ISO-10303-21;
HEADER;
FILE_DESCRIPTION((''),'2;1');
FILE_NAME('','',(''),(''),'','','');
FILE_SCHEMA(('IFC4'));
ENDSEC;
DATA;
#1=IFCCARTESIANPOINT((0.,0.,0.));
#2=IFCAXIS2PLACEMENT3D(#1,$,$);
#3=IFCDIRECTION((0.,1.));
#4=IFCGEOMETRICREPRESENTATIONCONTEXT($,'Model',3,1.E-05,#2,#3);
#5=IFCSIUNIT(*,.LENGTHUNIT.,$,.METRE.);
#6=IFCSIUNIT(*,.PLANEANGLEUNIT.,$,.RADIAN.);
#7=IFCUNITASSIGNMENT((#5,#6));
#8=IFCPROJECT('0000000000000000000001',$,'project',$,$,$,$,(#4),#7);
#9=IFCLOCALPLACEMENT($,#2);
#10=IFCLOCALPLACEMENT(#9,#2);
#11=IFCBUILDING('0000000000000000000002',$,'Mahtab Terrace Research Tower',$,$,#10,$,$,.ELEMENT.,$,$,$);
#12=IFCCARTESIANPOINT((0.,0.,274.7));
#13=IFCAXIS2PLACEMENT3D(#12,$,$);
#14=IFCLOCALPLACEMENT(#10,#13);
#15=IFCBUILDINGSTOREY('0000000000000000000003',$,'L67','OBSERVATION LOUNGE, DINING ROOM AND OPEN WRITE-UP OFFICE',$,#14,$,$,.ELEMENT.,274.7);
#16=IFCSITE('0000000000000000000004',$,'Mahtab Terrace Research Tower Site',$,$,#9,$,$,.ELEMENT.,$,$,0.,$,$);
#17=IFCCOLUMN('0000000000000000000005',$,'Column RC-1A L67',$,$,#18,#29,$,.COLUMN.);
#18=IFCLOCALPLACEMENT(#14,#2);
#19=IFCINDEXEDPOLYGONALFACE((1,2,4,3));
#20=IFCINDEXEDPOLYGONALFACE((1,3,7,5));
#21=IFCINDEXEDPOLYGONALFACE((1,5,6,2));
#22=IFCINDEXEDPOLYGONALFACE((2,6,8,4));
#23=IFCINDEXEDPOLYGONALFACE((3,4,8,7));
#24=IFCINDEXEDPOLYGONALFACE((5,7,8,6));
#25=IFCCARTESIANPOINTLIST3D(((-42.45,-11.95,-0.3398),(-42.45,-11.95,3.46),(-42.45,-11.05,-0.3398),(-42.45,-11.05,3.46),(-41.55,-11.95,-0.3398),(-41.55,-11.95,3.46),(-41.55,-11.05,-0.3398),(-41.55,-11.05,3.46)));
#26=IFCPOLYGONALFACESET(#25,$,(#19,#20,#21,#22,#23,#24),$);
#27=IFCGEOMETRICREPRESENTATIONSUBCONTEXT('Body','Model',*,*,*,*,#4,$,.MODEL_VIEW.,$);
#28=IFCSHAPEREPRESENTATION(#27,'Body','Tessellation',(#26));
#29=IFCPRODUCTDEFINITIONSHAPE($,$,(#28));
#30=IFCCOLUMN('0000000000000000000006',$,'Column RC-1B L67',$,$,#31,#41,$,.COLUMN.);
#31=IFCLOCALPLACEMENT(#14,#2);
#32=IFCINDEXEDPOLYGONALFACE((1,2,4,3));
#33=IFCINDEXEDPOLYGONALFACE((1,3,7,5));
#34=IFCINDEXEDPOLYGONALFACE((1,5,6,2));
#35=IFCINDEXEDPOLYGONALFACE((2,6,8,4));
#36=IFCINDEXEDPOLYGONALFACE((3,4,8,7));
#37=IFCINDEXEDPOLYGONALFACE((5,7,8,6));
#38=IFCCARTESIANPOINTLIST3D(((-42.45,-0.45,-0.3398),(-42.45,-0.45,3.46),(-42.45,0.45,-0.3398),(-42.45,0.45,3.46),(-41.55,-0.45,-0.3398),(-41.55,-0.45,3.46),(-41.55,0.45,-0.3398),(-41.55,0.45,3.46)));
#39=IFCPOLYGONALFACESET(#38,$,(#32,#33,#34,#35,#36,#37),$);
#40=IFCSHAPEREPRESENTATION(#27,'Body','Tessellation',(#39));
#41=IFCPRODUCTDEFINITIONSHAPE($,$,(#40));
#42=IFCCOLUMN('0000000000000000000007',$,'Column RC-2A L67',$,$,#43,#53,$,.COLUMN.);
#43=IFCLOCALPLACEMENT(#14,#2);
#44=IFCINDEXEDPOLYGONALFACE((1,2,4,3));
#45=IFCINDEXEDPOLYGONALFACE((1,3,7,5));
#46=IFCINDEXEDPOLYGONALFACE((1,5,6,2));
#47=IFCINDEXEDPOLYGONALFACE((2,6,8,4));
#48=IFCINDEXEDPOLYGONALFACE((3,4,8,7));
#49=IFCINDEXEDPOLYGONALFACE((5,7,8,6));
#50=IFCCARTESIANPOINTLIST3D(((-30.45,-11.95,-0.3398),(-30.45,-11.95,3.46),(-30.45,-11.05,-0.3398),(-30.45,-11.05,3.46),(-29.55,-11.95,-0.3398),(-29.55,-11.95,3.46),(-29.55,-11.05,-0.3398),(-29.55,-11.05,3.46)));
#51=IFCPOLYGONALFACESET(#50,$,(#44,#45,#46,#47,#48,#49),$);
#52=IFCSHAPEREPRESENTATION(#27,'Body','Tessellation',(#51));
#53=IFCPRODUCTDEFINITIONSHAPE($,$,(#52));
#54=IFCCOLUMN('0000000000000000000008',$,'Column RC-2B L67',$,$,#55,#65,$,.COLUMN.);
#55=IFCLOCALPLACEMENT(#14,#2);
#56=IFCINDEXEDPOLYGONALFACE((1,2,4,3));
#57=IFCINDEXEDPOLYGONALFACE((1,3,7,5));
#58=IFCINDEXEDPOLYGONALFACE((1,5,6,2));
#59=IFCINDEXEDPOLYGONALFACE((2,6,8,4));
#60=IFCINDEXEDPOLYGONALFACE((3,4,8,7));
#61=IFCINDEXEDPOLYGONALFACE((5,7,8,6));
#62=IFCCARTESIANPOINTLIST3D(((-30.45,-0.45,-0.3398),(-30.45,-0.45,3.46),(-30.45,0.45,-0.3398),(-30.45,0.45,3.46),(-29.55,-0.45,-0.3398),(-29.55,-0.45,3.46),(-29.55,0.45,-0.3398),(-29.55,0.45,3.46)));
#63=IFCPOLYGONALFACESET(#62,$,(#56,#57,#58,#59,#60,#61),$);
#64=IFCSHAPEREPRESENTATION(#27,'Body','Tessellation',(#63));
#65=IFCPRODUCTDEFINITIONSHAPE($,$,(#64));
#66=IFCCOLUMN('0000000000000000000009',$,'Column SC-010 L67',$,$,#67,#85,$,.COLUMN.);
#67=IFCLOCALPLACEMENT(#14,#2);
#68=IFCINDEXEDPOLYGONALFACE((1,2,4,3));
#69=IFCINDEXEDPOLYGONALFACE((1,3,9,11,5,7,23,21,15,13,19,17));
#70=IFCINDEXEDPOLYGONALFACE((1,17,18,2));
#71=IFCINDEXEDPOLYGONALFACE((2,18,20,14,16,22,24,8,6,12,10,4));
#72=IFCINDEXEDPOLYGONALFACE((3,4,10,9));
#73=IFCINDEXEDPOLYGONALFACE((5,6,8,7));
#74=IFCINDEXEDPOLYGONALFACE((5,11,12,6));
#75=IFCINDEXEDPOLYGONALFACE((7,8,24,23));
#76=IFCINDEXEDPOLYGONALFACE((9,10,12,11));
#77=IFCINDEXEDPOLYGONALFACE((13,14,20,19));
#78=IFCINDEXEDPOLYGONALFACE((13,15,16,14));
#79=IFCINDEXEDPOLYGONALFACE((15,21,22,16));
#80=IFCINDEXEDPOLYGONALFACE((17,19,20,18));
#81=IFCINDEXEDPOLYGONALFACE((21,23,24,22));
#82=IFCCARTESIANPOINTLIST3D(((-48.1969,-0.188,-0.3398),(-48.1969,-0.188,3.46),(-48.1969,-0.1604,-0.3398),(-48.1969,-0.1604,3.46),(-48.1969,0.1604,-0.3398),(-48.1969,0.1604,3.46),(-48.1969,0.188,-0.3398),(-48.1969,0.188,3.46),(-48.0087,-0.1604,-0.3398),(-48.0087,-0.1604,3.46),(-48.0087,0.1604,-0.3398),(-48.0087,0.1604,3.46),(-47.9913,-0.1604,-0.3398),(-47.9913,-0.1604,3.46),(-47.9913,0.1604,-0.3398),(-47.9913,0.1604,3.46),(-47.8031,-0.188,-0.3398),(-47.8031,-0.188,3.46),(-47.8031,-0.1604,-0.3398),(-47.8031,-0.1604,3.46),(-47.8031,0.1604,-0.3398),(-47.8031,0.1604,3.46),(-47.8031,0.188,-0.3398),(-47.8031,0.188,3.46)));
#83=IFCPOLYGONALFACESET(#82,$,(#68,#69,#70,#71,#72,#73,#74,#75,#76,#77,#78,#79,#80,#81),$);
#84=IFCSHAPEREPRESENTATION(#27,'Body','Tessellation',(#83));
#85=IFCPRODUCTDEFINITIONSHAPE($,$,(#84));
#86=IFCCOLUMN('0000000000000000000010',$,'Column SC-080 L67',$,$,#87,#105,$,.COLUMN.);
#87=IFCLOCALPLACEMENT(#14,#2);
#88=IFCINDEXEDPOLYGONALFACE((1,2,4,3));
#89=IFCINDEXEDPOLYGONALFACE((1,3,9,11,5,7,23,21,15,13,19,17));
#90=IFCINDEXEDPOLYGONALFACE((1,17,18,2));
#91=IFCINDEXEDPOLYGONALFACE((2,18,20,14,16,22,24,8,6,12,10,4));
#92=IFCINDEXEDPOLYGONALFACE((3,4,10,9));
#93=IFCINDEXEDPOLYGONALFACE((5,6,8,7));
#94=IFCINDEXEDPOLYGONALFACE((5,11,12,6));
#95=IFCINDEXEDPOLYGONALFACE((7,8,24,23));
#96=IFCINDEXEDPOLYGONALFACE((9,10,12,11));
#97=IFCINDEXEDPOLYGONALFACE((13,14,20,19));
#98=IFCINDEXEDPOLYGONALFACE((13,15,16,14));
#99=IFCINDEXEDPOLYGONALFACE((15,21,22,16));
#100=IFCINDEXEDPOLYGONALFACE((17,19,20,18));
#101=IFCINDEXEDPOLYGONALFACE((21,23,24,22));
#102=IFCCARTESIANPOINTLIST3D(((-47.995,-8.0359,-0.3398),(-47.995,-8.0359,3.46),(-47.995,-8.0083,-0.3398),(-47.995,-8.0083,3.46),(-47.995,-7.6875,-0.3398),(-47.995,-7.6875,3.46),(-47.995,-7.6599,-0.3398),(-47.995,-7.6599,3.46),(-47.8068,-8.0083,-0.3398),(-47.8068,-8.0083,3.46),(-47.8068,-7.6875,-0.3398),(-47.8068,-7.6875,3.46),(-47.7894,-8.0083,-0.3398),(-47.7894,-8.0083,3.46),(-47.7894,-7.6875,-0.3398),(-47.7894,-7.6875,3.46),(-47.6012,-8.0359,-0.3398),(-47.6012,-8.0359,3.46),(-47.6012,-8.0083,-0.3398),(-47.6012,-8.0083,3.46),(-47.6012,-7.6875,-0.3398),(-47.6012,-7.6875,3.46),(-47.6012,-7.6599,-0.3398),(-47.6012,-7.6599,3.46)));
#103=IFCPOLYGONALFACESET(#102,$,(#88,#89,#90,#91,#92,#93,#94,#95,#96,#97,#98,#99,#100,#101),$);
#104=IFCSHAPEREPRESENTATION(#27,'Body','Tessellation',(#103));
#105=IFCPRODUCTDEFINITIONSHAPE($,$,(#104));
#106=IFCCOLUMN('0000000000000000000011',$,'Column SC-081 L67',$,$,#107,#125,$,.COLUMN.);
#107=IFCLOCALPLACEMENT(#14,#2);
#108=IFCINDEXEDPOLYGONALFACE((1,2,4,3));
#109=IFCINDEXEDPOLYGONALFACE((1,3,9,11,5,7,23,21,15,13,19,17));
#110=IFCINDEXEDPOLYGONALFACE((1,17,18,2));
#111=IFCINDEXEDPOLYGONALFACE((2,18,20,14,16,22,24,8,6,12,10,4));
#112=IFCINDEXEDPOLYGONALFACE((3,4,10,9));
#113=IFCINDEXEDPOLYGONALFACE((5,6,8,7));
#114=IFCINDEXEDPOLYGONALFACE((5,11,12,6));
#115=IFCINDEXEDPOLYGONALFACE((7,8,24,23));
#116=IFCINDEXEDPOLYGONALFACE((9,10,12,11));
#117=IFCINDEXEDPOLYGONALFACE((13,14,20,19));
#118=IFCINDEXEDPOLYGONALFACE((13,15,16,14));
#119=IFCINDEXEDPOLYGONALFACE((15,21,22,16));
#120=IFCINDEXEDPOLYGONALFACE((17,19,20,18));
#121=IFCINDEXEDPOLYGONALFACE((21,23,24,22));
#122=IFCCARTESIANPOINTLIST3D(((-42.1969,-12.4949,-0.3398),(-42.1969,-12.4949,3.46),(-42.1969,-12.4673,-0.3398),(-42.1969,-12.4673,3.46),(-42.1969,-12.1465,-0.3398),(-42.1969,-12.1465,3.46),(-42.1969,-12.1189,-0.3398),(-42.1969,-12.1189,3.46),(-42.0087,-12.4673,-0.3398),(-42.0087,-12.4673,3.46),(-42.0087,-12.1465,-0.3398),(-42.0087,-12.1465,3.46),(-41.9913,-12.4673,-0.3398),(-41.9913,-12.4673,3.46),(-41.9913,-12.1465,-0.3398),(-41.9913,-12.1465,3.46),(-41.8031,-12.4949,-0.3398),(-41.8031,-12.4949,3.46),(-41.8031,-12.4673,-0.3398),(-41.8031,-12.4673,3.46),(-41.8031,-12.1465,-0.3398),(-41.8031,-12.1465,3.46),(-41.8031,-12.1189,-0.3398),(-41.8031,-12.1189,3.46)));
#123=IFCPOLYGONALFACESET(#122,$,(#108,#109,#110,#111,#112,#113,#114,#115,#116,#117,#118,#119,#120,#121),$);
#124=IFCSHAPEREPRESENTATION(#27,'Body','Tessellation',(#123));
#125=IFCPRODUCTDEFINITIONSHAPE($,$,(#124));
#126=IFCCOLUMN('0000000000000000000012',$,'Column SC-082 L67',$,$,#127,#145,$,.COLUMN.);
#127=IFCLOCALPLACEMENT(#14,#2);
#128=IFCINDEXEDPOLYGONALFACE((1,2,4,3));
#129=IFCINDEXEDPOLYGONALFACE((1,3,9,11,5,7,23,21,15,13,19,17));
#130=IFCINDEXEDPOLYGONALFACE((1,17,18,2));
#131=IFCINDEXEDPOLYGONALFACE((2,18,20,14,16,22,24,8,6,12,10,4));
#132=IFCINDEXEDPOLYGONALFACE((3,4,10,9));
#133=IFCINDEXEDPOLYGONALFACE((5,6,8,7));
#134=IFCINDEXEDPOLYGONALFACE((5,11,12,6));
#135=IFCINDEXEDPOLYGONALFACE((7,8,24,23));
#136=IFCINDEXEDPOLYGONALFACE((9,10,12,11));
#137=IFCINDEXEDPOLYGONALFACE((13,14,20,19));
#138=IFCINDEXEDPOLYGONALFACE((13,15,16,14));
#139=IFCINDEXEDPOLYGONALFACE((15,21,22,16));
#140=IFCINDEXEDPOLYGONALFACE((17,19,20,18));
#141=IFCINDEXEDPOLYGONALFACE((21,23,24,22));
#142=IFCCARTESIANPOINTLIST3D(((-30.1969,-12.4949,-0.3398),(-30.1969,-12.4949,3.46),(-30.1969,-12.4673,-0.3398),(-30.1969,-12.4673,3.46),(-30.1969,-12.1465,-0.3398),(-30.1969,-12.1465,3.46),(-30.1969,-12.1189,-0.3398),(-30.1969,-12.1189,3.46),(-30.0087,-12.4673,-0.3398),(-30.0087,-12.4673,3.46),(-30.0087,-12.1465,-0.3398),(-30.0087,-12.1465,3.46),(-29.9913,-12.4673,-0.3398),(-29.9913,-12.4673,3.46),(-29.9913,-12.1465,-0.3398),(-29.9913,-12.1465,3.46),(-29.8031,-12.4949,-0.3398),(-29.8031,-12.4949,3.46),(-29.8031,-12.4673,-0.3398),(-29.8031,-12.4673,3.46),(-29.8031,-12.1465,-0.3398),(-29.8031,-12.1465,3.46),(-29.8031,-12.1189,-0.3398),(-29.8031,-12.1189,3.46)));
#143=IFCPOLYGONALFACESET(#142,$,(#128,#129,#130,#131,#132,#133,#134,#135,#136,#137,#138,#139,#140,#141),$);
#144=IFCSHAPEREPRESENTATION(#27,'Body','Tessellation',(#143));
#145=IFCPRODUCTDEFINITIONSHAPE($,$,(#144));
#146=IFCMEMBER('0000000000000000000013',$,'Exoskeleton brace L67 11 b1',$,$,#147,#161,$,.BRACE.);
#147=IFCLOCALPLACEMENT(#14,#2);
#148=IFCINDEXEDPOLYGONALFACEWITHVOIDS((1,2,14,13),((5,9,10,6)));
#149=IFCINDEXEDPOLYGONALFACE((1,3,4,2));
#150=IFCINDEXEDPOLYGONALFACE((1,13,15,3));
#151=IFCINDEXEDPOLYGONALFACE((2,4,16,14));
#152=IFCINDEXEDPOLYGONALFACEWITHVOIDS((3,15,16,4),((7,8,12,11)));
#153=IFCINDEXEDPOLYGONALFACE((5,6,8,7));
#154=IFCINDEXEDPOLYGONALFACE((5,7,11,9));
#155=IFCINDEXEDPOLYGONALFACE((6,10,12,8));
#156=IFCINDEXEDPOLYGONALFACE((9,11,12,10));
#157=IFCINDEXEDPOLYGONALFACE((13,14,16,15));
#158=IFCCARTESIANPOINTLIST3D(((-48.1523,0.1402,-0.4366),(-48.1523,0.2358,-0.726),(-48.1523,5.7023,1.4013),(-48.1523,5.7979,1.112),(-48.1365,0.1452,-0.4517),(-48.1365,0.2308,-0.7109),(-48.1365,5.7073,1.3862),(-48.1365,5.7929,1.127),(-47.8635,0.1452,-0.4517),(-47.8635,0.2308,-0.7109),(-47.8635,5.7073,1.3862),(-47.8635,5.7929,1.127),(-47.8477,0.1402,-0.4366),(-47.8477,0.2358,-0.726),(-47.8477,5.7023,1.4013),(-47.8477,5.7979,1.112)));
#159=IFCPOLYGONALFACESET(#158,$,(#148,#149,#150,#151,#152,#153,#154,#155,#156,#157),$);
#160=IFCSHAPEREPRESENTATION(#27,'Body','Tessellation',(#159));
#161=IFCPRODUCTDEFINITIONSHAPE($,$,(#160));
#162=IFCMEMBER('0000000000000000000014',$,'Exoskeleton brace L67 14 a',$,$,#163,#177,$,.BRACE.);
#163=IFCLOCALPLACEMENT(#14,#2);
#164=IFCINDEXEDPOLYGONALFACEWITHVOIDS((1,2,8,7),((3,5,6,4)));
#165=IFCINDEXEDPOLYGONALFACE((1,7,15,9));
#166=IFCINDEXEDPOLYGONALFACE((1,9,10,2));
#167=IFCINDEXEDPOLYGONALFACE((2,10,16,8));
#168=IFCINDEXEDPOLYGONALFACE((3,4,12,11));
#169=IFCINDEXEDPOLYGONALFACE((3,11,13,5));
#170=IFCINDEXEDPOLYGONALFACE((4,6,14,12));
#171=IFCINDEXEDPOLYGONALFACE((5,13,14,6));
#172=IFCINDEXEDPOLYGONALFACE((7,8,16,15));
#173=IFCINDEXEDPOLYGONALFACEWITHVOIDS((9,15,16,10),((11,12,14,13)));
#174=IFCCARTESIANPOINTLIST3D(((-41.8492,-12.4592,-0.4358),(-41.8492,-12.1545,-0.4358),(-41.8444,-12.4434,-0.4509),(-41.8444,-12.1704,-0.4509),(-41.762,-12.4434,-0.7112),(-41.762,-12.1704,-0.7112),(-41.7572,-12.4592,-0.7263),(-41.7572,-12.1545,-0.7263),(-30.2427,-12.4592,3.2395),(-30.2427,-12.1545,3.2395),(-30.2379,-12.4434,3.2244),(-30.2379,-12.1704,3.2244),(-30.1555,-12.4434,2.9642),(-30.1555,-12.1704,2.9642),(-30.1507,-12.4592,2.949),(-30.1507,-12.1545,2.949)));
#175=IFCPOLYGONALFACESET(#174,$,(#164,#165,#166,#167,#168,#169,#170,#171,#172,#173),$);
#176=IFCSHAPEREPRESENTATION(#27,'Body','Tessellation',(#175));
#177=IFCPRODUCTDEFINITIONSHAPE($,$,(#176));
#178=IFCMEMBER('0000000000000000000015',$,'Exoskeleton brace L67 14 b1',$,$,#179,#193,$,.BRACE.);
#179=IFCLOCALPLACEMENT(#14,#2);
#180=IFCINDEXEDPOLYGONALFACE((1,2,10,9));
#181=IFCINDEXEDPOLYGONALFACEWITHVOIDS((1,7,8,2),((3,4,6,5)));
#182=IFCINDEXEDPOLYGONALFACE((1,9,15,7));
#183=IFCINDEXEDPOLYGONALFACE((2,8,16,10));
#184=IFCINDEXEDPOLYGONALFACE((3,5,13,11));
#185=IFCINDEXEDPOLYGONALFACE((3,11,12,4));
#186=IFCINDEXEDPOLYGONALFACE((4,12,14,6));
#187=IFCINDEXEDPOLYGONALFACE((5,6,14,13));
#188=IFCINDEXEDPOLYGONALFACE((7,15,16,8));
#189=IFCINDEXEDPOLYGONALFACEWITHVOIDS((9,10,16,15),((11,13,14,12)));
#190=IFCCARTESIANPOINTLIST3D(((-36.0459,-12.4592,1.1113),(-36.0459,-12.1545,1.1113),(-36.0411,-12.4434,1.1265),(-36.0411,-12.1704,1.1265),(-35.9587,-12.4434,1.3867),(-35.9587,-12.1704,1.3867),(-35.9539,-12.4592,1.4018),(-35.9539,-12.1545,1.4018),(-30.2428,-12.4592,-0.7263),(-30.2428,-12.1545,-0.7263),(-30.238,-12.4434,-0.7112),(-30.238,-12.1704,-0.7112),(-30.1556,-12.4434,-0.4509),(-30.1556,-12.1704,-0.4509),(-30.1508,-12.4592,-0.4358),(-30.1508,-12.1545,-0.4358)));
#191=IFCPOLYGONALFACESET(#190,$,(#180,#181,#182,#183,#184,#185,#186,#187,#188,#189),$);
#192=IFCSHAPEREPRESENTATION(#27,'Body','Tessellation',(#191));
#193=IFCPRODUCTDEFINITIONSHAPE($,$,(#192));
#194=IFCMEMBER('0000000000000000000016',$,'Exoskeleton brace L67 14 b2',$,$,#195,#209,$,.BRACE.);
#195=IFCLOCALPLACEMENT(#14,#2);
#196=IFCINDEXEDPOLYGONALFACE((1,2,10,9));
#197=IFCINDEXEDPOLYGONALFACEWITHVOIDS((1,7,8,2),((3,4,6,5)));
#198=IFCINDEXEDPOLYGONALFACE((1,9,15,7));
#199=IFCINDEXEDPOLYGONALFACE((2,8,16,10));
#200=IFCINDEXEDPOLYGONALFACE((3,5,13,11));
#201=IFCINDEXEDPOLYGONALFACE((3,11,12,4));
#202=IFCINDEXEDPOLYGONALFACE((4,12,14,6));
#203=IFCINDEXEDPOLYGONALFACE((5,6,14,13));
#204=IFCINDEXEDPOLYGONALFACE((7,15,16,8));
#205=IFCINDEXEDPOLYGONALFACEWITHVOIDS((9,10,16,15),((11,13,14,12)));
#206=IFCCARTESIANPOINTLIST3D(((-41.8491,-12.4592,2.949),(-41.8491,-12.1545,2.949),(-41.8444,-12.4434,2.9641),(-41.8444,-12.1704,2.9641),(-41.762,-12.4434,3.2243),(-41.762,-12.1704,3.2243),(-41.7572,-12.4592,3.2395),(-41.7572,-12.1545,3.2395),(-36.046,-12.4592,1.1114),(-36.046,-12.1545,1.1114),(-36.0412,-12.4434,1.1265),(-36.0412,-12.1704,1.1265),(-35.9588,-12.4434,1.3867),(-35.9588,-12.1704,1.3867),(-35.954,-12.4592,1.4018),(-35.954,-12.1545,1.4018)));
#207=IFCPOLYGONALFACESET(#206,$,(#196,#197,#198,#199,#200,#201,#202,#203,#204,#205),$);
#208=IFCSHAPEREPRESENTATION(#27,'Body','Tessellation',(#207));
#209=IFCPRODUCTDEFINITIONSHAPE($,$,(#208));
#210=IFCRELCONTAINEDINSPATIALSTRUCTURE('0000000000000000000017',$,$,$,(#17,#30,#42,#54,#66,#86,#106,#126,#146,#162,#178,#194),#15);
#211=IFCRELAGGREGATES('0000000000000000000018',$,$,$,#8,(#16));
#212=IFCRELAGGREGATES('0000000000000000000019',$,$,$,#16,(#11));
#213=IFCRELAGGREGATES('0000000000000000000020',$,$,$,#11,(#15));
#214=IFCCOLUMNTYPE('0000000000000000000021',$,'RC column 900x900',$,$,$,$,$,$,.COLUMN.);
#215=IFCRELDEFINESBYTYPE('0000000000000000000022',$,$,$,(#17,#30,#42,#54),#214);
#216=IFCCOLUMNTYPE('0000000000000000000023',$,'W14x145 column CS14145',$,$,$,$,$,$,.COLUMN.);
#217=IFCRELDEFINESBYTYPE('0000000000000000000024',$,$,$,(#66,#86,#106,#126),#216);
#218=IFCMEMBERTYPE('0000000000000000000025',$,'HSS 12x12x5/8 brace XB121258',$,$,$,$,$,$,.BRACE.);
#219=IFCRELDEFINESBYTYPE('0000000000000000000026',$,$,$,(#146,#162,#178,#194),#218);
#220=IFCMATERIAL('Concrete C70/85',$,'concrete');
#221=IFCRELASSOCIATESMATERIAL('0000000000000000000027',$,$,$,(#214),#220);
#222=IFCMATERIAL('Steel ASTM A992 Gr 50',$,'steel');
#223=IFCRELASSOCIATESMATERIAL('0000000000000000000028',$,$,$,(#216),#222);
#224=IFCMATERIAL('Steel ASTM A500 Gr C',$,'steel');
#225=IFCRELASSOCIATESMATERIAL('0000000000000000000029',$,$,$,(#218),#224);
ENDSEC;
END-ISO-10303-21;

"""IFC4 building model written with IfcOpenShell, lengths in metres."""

from ifc_helpers import new_model, si_unit, direction, frame, origin, origin_2d, place, context, subcontext, project, spatial, rectangle, hollow_rectangle, i_section, extrude, material, material_profile, profile_set, type_object, element, save


model = new_model("IFC4")

# Units and contexts
model_context = context("Model", 3, precision=1e-05, world=origin(), true_north=direction((0.0, 1.0)))
body_context = subcontext(model_context, "Body", "Model", "MODEL_VIEW")
ifc_project = project(units=[si_unit("LENGTHUNIT", "METRE"), si_unit("PLANEANGLEUNIT", "RADIAN")], contexts=[model_context])

# Site, building, storey
site_placement = place(None, origin())
site = spatial("IfcSite", under=ifc_project, at=site_placement, Name="Mahtab Terrace Research Tower Site", CompositionType="ELEMENT", RefElevation=0.0)
building_placement = place(site_placement, origin())
building = spatial("IfcBuilding", under=site, at=building_placement, Name="Mahtab Terrace Research Tower", CompositionType="ELEMENT")
storey_placement = place(building_placement, frame((0.0, 0.0, 274.7)))
storey = spatial("IfcBuildingStorey", under=building, at=storey_placement, Name="L67", Description="OBSERVATION LOUNGE, DINING ROOM AND OPEN WRITE-UP OFFICE", CompositionType="ELEMENT", Elevation=274.7)

# Columns
ifc_material_1 = material(Name="Concrete C70/85", Category="concrete")
ifc_material_profile_1 = material_profile(ifc_material_1, rectangle(XDim=0.8999, YDim=0.8999, at=origin_2d()), Name="RC column 900x900")
ifc_profile_set_1 = profile_set([ifc_material_profile_1], Name="Concrete C70/85")
column_type_1 = type_object("IfcColumnType", Name="RC column 900x900", PredefinedType="COLUMN", material=ifc_profile_set_1)
for number, where, z_axis, x_axis, name in (
    (1, (-42.0, -11.5, -0.3398), (0.0, 0.0, 1.0), (1.0, 0.0, 0.0), "Column RC-1A L67"),
    (2, (-42.0, 0.0, -0.3398), (0.0, 0.0, 1.0), (1.0, 0.0, 0.0), "Column RC-1B L67"),
    (3, (-30.0, -11.5, -0.3398), (0.0, 0.0, 1.0), (1.0, 0.0, 0.0), "Column RC-2A L67"),
    (4, (-30.0, 0.0, -0.3398), (0.0, 0.0, 1.0), (1.0, 0.0, 0.0), "Column RC-2B L67"),
):
    element("IfcColumn", number, at=place(storey_placement, frame(where, z_axis=z_axis, x_axis=x_axis)), inside=storey, type_object=column_type_1, Name=name, PredefinedType="COLUMN", context=body_context, shape_type="SweptSolid", body=[
        extrude(rectangle(XDim=0.8999, YDim=0.8999, at=origin_2d()), origin(), (0.0, 0.0, 1.0), 3.7998),
    ])
ifc_material_2 = material(Name="Steel ASTM A992 Gr 50", Category="steel")
ifc_material_profile_2 = material_profile(ifc_material_2, i_section(OverallWidth=0.3938, OverallDepth=0.376, WebThickness=0.0173, FlangeThickness=0.0276, at=origin_2d()), Name="W14X145")
ifc_profile_set_2 = profile_set([ifc_material_profile_2], Name="Steel ASTM A992 Gr 50")
column_type_2 = type_object("IfcColumnType", Name="W14x145 column CS14145", PredefinedType="COLUMN", material=ifc_profile_set_2)
for number, where, z_axis, x_axis, name in (
    (5, (-48.0, 0.0, -0.3398), (0.0, 0.0, 1.0), (1.0, 0.0, 0.0), "Column SC-010 L67"),
    (6, (-47.7981, -7.8479, -0.3398), (0.0, 0.0, 1.0), (1.0, 0.0, 0.0), "Column SC-080 L67"),
    (7, (-42.0, -12.3069, -0.3398), (0.0, 0.0, 1.0), (1.0, 0.0, 0.0), "Column SC-081 L67"),
    (8, (-30.0, -12.3069, -0.3398), (0.0, 0.0, 1.0), (1.0, 0.0, 0.0), "Column SC-082 L67"),
):
    element("IfcColumn", number, at=place(storey_placement, frame(where, z_axis=z_axis, x_axis=x_axis)), inside=storey, type_object=column_type_2, Name=name, PredefinedType="COLUMN", context=body_context, shape_type="SweptSolid", body=[
        extrude(i_section(OverallWidth=0.3938, OverallDepth=0.376, WebThickness=0.0173, FlangeThickness=0.0276, at=origin_2d()), origin(), (0.0, 0.0, 1.0), 3.7998),
    ])

# Members
ifc_material_3 = material(Name="Steel ASTM A500 Gr C", Category="steel")
ifc_material_profile_3 = material_profile(ifc_material_3, hollow_rectangle(XDim=0.3047, YDim=0.3047, WallThickness=0.0159, at=origin_2d()), Name="HSS12X12X5/8")
ifc_profile_set_3 = profile_set([ifc_material_profile_3], Name="Steel ASTM A500 Gr C")
member_type_1 = type_object("IfcMemberType", Name="HSS 12x12x5/8 brace XB121258", PredefinedType="BRACE", material=ifc_profile_set_3)
member_1_placement = place(storey_placement, frame((-48.0, 0.188, -0.5813), z_axis=(0.0, 0.949505, 0.313751), x_axis=(-1.0, 0.0, 0.0)))
element("IfcMember", 9, at=member_1_placement, inside=storey, type_object=member_type_1, Name="Exoskeleton brace L67 11 b1", PredefinedType="BRACE", context=body_context, shape_type="SweptSolid", body=[
    extrude(hollow_rectangle(XDim=0.3047, YDim=0.3047, WallThickness=0.0159, at=origin_2d()), origin(), (0.0, 0.0, 1.0), 5.8579),
])
member_2_placement = place(storey_placement, frame((-41.8032, -12.3069, -0.5811), z_axis=(0.953344, 0.0, 0.301886), x_axis=(0.0, 1.0, 0.0)))
element("IfcMember", 10, at=member_2_placement, inside=storey, type_object=member_type_1, Name="Exoskeleton brace L67 14 a", PredefinedType="BRACE", context=body_context, shape_type="SweptSolid", body=[
    extrude(hollow_rectangle(XDim=0.3047, YDim=0.3047, WallThickness=0.0159, at=origin_2d()), origin(), (0.0, 0.0, 1.0), 12.1746),
])
for number, where, z_axis, x_axis, name in (
    (11, (-30.1968, -12.3069, -0.5811), (-0.953344, 0.0, 0.301886), (0.0, -1.0, 0.0), "Exoskeleton brace L67 14 b1"),
    (12, (-36.0, -12.3069, 1.2566), (-0.953344, 0.0, 0.301886), (0.0, -1.0, 0.0), "Exoskeleton brace L67 14 b2"),
):
    element("IfcMember", number, at=place(storey_placement, frame(where, z_axis=z_axis, x_axis=x_axis)), inside=storey, type_object=member_type_1, Name=name, PredefinedType="BRACE", context=body_context, shape_type="SweptSolid", body=[
        extrude(hollow_rectangle(XDim=0.3047, YDim=0.3047, WallThickness=0.0159, at=origin_2d()), origin(), (0.0, 0.0, 1.0), 6.0872),
    ])

save(model, "model.ifc")
